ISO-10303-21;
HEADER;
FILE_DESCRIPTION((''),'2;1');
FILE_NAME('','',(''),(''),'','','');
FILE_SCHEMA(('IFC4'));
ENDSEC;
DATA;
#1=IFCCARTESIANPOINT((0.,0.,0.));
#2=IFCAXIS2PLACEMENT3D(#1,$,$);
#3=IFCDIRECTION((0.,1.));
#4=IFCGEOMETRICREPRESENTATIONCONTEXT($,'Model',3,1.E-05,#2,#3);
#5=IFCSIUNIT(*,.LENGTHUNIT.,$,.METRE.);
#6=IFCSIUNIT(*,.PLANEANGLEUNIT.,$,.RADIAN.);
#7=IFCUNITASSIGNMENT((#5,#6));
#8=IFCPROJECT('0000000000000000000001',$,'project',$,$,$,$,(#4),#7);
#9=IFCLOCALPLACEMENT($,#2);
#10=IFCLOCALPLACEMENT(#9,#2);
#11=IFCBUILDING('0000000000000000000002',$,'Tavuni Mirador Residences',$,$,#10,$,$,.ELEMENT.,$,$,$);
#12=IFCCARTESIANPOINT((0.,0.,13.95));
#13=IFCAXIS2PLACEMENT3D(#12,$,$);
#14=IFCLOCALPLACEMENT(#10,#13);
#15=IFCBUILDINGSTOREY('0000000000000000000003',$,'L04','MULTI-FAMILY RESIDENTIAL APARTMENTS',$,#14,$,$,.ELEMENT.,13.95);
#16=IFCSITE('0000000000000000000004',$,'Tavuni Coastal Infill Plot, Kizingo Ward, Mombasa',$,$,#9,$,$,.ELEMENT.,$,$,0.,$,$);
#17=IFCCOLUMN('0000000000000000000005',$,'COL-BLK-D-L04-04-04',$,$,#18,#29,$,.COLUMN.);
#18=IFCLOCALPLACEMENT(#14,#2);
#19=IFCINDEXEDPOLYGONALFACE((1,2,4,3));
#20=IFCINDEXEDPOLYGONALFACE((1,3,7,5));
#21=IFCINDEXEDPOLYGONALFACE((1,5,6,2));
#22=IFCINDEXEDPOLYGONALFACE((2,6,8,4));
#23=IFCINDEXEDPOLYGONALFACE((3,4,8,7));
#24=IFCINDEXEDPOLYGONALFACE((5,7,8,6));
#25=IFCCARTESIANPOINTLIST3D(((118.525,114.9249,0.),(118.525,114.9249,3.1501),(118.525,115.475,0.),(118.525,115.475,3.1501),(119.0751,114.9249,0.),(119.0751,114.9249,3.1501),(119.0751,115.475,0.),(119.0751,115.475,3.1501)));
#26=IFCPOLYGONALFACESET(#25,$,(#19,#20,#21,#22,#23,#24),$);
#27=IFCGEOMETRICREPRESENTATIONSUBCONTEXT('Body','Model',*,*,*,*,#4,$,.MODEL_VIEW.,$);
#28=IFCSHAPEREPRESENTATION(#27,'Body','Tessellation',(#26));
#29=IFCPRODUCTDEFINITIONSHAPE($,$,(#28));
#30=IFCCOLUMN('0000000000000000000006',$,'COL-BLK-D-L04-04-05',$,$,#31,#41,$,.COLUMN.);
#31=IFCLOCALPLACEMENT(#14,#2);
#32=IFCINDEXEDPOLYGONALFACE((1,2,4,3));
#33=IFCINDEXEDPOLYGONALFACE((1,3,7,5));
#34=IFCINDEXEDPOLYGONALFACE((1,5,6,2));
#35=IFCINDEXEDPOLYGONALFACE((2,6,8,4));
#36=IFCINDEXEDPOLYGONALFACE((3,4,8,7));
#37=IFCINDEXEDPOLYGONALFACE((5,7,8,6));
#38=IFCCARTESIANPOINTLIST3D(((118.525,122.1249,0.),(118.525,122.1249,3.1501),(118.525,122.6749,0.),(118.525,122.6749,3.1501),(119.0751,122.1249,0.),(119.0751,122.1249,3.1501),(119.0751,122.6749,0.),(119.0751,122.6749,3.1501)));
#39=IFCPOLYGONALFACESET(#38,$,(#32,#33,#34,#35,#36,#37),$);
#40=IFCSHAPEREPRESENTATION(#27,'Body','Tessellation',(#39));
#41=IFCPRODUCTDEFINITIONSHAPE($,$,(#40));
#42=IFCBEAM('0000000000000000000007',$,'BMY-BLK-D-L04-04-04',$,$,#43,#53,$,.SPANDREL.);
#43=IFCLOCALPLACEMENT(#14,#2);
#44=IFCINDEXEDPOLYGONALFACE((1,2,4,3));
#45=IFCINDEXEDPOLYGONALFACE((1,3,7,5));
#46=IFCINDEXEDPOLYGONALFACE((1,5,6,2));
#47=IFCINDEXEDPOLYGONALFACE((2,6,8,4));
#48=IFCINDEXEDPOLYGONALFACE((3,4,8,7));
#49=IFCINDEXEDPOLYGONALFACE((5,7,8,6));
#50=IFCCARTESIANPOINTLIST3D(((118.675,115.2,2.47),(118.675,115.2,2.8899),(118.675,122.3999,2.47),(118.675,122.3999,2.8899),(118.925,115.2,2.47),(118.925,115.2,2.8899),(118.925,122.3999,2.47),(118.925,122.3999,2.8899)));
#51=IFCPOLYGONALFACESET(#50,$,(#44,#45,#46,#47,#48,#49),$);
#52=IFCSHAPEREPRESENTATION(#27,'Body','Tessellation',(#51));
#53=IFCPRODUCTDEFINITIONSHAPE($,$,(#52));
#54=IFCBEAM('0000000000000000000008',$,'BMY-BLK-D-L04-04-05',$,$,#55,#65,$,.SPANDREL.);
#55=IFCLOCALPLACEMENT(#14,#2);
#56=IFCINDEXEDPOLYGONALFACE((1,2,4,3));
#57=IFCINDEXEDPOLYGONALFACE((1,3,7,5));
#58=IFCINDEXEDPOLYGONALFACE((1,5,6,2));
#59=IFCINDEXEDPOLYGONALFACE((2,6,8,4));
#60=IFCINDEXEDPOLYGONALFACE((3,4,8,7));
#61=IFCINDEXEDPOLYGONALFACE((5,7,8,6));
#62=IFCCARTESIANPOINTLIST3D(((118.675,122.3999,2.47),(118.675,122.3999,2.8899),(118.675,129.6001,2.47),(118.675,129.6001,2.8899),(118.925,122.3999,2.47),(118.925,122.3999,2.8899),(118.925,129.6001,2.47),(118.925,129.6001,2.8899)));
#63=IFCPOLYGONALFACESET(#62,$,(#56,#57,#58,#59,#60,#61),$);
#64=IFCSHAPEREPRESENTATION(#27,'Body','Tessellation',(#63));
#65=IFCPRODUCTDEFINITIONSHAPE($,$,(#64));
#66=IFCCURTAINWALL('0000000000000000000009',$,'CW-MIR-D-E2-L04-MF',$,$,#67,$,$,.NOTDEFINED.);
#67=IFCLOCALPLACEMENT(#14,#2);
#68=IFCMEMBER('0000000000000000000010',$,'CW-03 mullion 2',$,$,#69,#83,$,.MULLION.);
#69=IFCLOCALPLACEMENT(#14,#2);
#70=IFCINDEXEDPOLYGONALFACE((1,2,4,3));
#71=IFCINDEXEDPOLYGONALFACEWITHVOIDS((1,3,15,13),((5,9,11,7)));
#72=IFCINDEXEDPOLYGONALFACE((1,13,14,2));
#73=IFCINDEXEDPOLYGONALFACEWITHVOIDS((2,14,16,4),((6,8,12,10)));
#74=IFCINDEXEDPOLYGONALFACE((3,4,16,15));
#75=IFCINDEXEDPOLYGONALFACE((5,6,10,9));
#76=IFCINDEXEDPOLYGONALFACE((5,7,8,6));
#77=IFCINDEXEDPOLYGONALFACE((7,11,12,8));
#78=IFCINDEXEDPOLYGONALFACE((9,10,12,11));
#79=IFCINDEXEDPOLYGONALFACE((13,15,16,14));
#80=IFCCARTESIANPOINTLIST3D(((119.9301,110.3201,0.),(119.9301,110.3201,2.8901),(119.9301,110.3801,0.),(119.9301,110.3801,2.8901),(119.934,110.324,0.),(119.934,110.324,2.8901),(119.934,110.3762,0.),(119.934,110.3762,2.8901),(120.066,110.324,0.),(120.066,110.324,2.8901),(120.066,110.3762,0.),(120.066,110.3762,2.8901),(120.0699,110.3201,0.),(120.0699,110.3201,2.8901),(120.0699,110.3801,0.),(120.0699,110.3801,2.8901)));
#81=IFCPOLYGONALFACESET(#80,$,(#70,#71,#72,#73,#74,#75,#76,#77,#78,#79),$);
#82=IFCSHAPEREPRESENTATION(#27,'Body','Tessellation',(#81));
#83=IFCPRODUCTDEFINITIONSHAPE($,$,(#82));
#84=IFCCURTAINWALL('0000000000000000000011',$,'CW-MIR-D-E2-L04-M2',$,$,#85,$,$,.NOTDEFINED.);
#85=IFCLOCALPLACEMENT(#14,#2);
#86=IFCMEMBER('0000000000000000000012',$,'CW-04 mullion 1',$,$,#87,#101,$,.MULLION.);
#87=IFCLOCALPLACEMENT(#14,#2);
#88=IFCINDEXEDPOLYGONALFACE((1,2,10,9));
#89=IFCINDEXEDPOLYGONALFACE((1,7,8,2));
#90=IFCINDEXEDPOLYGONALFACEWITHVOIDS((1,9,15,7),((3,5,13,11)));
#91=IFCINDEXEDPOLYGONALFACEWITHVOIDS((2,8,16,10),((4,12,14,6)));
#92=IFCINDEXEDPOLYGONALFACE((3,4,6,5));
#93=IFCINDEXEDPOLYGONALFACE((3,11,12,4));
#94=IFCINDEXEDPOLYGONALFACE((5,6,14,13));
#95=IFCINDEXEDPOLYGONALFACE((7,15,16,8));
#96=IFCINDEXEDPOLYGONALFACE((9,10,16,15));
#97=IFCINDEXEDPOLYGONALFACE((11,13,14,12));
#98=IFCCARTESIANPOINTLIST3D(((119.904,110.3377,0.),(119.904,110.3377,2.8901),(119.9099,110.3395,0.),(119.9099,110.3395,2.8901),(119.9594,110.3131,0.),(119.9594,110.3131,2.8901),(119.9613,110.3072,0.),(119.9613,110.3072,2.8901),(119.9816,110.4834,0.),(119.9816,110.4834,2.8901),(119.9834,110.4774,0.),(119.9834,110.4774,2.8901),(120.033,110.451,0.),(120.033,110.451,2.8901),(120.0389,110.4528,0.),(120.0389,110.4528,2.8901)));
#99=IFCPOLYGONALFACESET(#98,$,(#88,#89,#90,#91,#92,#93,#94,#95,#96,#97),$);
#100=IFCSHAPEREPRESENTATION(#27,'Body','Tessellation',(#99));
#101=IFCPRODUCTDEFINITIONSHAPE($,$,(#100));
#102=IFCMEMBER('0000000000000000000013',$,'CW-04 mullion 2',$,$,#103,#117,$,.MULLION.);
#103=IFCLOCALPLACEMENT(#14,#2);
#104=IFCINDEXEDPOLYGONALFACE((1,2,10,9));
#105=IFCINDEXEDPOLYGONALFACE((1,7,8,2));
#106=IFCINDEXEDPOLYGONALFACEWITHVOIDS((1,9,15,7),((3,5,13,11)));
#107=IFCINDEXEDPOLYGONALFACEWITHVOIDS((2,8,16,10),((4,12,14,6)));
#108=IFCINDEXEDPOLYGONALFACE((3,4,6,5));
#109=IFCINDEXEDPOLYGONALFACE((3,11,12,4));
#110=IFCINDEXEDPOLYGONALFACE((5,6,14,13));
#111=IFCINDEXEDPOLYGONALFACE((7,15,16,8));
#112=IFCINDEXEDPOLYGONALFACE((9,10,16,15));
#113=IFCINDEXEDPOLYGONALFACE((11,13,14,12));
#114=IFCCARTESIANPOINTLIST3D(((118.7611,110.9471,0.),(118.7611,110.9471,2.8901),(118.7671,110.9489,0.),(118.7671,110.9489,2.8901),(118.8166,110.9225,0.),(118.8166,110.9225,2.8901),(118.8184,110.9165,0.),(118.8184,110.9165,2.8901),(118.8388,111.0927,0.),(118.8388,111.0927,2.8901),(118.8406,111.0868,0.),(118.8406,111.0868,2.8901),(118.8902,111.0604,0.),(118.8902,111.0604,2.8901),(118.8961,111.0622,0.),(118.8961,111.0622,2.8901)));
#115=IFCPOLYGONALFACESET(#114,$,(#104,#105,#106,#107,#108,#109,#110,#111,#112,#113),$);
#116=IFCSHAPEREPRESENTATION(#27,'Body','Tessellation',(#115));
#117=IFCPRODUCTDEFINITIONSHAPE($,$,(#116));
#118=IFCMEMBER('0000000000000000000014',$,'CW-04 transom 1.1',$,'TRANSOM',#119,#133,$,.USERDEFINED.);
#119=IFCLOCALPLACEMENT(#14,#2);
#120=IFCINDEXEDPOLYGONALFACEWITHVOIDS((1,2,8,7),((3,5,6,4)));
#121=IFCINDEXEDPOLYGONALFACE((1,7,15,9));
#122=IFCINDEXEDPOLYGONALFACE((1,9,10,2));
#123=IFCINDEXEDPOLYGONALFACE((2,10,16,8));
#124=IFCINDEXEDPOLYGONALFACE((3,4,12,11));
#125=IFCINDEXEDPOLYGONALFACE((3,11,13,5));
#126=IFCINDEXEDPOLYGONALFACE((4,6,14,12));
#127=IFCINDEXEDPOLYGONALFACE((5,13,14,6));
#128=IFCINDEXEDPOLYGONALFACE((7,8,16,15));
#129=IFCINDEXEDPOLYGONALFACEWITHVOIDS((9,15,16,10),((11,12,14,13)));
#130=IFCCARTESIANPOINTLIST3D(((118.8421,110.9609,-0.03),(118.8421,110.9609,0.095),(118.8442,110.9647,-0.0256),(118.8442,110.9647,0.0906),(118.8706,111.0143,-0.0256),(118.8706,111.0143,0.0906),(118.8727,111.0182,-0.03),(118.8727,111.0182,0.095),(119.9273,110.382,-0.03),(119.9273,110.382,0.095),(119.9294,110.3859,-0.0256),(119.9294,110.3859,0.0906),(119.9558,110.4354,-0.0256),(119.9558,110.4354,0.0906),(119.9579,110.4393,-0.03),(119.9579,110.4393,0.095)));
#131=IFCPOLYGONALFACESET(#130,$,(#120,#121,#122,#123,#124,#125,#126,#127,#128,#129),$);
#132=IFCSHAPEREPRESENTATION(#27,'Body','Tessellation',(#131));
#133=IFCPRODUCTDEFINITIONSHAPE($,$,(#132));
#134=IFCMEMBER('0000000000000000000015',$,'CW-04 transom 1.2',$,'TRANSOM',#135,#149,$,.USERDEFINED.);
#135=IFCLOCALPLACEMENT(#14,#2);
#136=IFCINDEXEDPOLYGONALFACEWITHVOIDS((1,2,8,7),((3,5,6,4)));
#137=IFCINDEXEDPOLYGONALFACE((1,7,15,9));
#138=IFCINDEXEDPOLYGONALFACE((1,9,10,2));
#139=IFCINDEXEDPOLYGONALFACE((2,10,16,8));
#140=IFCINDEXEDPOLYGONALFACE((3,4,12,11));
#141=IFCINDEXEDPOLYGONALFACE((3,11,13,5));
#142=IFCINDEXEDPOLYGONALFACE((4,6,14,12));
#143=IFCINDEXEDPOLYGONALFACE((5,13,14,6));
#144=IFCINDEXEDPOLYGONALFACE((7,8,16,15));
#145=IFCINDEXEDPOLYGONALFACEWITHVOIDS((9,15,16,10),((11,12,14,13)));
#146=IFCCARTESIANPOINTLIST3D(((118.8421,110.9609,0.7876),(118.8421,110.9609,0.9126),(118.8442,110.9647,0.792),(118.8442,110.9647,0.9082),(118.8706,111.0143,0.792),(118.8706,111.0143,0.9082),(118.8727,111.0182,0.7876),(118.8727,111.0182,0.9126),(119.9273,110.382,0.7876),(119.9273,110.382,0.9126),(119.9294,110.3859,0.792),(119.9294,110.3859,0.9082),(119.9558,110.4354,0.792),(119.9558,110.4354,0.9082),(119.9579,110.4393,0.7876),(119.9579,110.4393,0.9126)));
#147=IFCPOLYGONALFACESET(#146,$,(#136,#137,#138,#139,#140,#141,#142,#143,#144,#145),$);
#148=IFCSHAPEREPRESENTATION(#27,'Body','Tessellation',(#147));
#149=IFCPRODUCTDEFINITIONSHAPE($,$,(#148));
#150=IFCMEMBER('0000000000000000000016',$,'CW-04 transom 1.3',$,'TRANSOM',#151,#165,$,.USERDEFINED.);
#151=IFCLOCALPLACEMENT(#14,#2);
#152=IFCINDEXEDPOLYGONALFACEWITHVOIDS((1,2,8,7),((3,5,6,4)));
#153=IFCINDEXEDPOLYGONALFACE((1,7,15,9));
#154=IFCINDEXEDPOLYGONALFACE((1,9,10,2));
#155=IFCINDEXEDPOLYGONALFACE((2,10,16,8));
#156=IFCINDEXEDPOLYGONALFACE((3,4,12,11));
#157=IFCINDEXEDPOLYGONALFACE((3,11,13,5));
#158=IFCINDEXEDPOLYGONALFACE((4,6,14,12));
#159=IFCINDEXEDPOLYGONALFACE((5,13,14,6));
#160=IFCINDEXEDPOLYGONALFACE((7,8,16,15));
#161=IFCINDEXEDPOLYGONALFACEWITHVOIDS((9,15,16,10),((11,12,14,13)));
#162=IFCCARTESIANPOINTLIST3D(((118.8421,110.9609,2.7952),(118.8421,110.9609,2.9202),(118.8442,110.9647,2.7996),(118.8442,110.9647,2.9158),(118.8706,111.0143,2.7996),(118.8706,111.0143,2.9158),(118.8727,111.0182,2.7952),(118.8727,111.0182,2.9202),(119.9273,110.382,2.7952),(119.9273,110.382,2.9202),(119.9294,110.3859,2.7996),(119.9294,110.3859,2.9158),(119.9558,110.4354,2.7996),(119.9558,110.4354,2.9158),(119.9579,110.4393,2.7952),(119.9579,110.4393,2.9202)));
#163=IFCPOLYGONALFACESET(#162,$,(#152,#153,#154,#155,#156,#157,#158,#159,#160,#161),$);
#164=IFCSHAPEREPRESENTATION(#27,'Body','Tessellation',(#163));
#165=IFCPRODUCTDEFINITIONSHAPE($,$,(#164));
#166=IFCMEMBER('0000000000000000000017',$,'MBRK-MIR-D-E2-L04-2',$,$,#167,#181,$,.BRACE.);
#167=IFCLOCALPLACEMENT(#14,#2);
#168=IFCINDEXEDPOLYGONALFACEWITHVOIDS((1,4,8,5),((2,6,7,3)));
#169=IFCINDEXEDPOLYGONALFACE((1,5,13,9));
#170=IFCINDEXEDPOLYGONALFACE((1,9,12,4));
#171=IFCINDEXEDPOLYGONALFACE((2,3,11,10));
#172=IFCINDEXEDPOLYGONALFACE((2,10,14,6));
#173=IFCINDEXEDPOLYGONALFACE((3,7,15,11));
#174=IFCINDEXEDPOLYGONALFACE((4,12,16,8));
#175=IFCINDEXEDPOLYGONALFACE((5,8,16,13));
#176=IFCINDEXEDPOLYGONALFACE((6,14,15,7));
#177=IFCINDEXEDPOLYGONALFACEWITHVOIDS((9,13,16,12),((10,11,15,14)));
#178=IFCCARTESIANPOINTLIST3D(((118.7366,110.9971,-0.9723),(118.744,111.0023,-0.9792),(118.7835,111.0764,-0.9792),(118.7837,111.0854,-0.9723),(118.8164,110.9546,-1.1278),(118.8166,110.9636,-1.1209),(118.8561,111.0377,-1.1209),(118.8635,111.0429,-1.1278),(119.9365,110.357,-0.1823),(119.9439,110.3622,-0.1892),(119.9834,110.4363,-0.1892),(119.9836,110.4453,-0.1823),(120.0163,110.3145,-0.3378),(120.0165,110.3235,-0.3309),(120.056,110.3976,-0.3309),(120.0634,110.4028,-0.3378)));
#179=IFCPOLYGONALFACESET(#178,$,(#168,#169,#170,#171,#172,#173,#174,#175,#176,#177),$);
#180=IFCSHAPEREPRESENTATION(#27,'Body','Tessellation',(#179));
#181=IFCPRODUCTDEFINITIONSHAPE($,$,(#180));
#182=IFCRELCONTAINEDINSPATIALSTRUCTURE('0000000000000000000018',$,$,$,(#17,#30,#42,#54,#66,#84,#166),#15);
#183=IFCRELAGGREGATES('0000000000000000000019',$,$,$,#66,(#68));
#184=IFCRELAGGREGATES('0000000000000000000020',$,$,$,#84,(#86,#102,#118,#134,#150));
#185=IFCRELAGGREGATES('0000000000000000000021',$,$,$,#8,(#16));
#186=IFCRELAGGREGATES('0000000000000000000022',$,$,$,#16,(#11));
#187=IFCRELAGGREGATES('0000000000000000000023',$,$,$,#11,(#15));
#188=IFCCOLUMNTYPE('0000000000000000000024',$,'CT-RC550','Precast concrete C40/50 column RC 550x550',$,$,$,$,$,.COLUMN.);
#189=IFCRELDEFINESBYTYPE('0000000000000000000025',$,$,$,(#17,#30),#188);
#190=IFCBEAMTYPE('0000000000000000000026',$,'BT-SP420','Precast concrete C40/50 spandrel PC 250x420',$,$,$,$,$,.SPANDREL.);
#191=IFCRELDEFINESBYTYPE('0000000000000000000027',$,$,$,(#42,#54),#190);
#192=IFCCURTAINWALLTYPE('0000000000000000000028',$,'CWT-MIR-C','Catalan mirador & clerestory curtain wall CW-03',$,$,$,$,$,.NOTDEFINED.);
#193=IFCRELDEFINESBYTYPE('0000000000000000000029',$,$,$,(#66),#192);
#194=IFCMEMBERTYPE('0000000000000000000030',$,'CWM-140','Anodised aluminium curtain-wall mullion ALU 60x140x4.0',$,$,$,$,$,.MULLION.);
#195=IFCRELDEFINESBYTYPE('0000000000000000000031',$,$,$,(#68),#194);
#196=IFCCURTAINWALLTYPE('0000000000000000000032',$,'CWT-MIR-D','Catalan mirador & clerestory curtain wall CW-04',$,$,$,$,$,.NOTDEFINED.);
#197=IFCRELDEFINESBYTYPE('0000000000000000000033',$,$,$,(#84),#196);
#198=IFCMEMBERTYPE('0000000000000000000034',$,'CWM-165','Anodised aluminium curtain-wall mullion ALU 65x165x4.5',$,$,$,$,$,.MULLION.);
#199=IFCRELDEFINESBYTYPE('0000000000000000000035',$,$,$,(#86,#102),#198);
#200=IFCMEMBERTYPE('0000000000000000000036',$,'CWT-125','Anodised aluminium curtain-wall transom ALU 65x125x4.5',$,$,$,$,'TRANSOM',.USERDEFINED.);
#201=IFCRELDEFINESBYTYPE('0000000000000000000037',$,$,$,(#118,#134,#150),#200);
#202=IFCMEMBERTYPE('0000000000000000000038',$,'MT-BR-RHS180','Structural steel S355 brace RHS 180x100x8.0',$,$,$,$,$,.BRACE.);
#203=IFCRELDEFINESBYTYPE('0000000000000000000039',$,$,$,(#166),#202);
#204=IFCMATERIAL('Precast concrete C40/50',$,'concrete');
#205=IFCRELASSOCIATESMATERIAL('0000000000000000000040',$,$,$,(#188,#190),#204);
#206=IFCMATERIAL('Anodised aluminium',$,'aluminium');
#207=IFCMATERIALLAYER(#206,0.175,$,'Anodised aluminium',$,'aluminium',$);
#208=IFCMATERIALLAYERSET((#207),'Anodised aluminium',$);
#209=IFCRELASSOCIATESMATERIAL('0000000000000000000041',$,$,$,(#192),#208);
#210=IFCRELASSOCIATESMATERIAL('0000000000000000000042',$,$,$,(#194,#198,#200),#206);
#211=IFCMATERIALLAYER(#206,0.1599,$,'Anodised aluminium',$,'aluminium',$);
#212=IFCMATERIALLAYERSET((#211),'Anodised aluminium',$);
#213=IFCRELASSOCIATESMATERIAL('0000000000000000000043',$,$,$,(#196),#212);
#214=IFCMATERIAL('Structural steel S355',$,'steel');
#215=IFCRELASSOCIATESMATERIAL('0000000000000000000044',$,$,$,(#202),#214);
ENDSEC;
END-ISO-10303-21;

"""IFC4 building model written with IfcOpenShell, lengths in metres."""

from ifc_helpers import new_model, si_unit, direction, frame, origin, origin_2d, place, context, subcontext, project, spatial, rectangle, hollow_rectangle, extrude, material, layer, layer_set, material_profile, profile_set, type_object, element, aggregate, save


model = new_model("IFC4")

# Units and contexts
model_context = context("Model", 3, precision=1e-05, world=origin(), true_north=direction((0.0, 1.0)))
body_context = subcontext(model_context, "Body", "Model", "MODEL_VIEW")
ifc_project = project(units=[si_unit("LENGTHUNIT", "METRE"), si_unit("PLANEANGLEUNIT", "RADIAN")], contexts=[model_context])

# Site, building, storey
site_placement = place(None, origin())
site = spatial("IfcSite", under=ifc_project, at=site_placement, Name="Tavuni Coastal Infill Plot, Kizingo Ward, Mombasa", CompositionType="ELEMENT", RefElevation=0.0)
building_placement = place(site_placement, origin())
building = spatial("IfcBuilding", under=site, at=building_placement, Name="Tavuni Mirador Residences", CompositionType="ELEMENT")
storey_placement = place(building_placement, frame((0.0, 0.0, 13.95)))
storey = spatial("IfcBuildingStorey", under=building, at=storey_placement, Name="L04", Description="MULTI-FAMILY RESIDENTIAL APARTMENTS", CompositionType="ELEMENT", Elevation=13.95)

# Columns
ifc_material_1 = material(Name="Precast concrete C40/50", Category="concrete")
ifc_material_profile_1 = material_profile(ifc_material_1, rectangle(XDim=0.55, YDim=0.55, at=origin_2d()), Name="RC 550x550", Category="concrete")
ifc_profile_set_1 = profile_set([ifc_material_profile_1], Name="Precast concrete C40/50")
column_type = type_object("IfcColumnType", Name="CT-RC550", Description="Precast concrete C40/50 column RC 550x550", PredefinedType="COLUMN", material=ifc_profile_set_1)
for number, where, z_axis, x_axis, name in (
    (1, (118.8, 115.2, 0.0), (0.0, 0.0, 1.0), (1.0, 0.0, 0.0), "COL-BLK-D-L04-04-04"),
    (2, (118.8, 122.3999, 0.0), (0.0, 0.0, 1.0), (1.0, 0.0, 0.0), "COL-BLK-D-L04-04-05"),
):
    element("IfcColumn", number, at=place(storey_placement, frame(where, z_axis=z_axis, x_axis=x_axis)), inside=storey, type_object=column_type, Name=name, PredefinedType="COLUMN", context=body_context, shape_type="SweptSolid", body=[
        extrude(rectangle(XDim=0.55, YDim=0.55, at=origin_2d()), origin(), (0.0, 0.0, 1.0), 3.1501),
    ])

# Beams
ifc_material_profile_2 = material_profile(ifc_material_1, rectangle(XDim=0.25, YDim=0.4199, at=origin_2d()), Name="PC 250x420", Category="concrete")
ifc_profile_set_2 = profile_set([ifc_material_profile_2], Name="Precast concrete C40/50")
beam_type = type_object("IfcBeamType", Name="BT-SP420", Description="Precast concrete C40/50 spandrel PC 250x420", PredefinedType="SPANDREL", material=ifc_profile_set_2)
beam_1_placement = place(storey_placement, frame((118.8, 115.2, 2.6799), z_axis=(0.0, 1.0, 0.0), x_axis=(-1.0, 0.0, 0.0)))
element("IfcBeam", 3, at=beam_1_placement, inside=storey, type_object=beam_type, Name="BMY-BLK-D-L04-04-04", PredefinedType="SPANDREL", context=body_context, shape_type="SweptSolid", body=[
    extrude(rectangle(XDim=0.25, YDim=0.4199, at=origin_2d()), origin(), (0.0, 0.0, 1.0), 7.2),
])
beam_2_placement = place(storey_placement, frame((118.8, 122.3999, 2.6799), z_axis=(0.0, 1.0, 0.0), x_axis=(-1.0, 0.0, 0.0)))
element("IfcBeam", 4, at=beam_2_placement, inside=storey, type_object=beam_type, Name="BMY-BLK-D-L04-04-05", PredefinedType="SPANDREL", context=body_context, shape_type="SweptSolid", body=[
    extrude(rectangle(XDim=0.25, YDim=0.4199, at=origin_2d()), origin(), (0.0, 0.0, 1.0), 7.2002),
])

# Curtain wall, member
ifc_material_2 = material(Name="Anodised aluminium", Category="aluminium")
ifc_layer_1 = layer(ifc_material_2, 0.175, Name="Anodised aluminium", Category="aluminium")
ifc_layer_set_1 = layer_set([ifc_layer_1], Name="Anodised aluminium")
curtain_wall_type_1 = type_object("IfcCurtainWallType", Name="CWT-MIR-C", Description="Catalan mirador & clerestory curtain wall CW-03", PredefinedType="NOTDEFINED", material=ifc_layer_set_1)
curtain_wall_1_placement = place(storey_placement, origin())
curtain_wall_1 = element("IfcCurtainWall", 5, at=curtain_wall_1_placement, inside=storey, type_object=curtain_wall_type_1, Name="CW-MIR-D-E2-L04-MF", PredefinedType="NOTDEFINED")
ifc_material_profile_3 = material_profile(ifc_material_2, hollow_rectangle(XDim=0.0601, YDim=0.1399, WallThickness=0.0039, at=origin_2d()), Name="ALU 60x140x4.0", Category="aluminium")
ifc_profile_set_3 = profile_set([ifc_material_profile_3], Name="Anodised aluminium")
member_type_1 = type_object("IfcMemberType", Name="CWM-140", Description="Anodised aluminium curtain-wall mullion ALU 60x140x4.0", PredefinedType="MULLION", material=ifc_profile_set_3)
member_1_placement = place(storey_placement, frame((120.0, 110.3501, 0.0), z_axis=(0.0, 0.0, 1.0), x_axis=(0.0, 1.0, 0.0)))
member_1 = element("IfcMember", 6, at=member_1_placement, type_object=member_type_1, Name="CW-03 mullion 2", PredefinedType="MULLION", context=body_context, shape_type="SweptSolid", body=[
    extrude(hollow_rectangle(XDim=0.0601, YDim=0.1399, WallThickness=0.0039, at=origin_2d()), origin(), (0.0, 0.0, 1.0), 2.8901),
])
aggregate(curtain_wall_1, [member_1])

# Curtain wall, members
ifc_layer_2 = layer(ifc_material_2, 0.1599, Name="Anodised aluminium", Category="aluminium")
ifc_layer_set_2 = layer_set([ifc_layer_2], Name="Anodised aluminium")
curtain_wall_type_2 = type_object("IfcCurtainWallType", Name="CWT-MIR-D", Description="Catalan mirador & clerestory curtain wall CW-04", PredefinedType="NOTDEFINED", material=ifc_layer_set_2)
curtain_wall_2_placement = place(storey_placement, origin())
curtain_wall_2 = element("IfcCurtainWall", 7, at=curtain_wall_2_placement, inside=storey, type_object=curtain_wall_type_2, Name="CW-MIR-D-E2-L04-M2", PredefinedType="NOTDEFINED")
ifc_material_profile_4 = material_profile(ifc_material_2, hollow_rectangle(XDim=0.0649, YDim=0.165, WallThickness=0.0044, at=origin_2d()), Name="ALU 65x165x4.5", Category="aluminium")
ifc_profile_set_4 = profile_set([ifc_material_profile_4], Name="Anodised aluminium")
member_type_2 = type_object("IfcMemberType", Name="CWM-165", Description="Anodised aluminium curtain-wall mullion ALU 65x165x4.5", PredefinedType="MULLION", material=ifc_profile_set_4)
member_2_placement = place(storey_placement, frame((119.9714, 110.3953, 0.0), z_axis=(0.0, 0.0, 1.0), x_axis=(-0.882353, 0.470588, 0.0)))
member_2 = element("IfcMember", 8, at=member_2_placement, type_object=member_type_2, Name="CW-04 mullion 1", PredefinedType="MULLION", context=body_context, shape_type="SweptSolid", body=[
    extrude(hollow_rectangle(XDim=0.0649, YDim=0.165, WallThickness=0.0044, at=origin_2d()), origin(), (0.0, 0.0, 1.0), 2.8901),
])
member_3_placement = place(storey_placement, frame((118.8286, 111.0046, 0.0), z_axis=(0.0, 0.0, 1.0), x_axis=(-0.882353, 0.470588, 0.0)))
member_3 = element("IfcMember", 9, at=member_3_placement, type_object=member_type_2, Name="CW-04 mullion 2", PredefinedType="MULLION", context=body_context, shape_type="SweptSolid", body=[
    extrude(hollow_rectangle(XDim=0.0649, YDim=0.165, WallThickness=0.0044, at=origin_2d()), origin(), (0.0, 0.0, 1.0), 2.8901),
])
ifc_material_profile_5 = material_profile(ifc_material_2, hollow_rectangle(XDim=0.0649, YDim=0.125, WallThickness=0.0044, at=origin_2d()), Name="ALU 65x125x4.5", Category="aluminium")
ifc_profile_set_5 = profile_set([ifc_material_profile_5], Name="Anodised aluminium")
member_type_3 = type_object("IfcMemberType", Name="CWT-125", Description="Anodised aluminium curtain-wall transom ALU 65x125x4.5", ElementType="TRANSOM", PredefinedType="USERDEFINED", material=ifc_profile_set_5)
member_4_placement = place(storey_placement, frame((119.9426, 110.4106, 0.0325), z_axis=(-0.882325, 0.47064, 0.0), x_axis=(-0.47064, -0.882325, 0.0)))
member_4 = element("IfcMember", 10, at=member_4_placement, type_object=member_type_3, Name="CW-04 transom 1.1", ObjectType="TRANSOM", PredefinedType="USERDEFINED", context=body_context, shape_type="SweptSolid", body=[
    extrude(hollow_rectangle(XDim=0.0649, YDim=0.125, WallThickness=0.0044, at=origin_2d()), origin(), (0.0, 0.0, 1.0), 1.23),
])
member_5_placement = place(storey_placement, frame((119.9426, 110.4106, 0.8501), z_axis=(-0.882325, 0.47064, 0.0), x_axis=(-0.47064, -0.882325, 0.0)))
member_5 = element("IfcMember", 11, at=member_5_placement, type_object=member_type_3, Name="CW-04 transom 1.2", ObjectType="TRANSOM", PredefinedType="USERDEFINED", context=body_context, shape_type="SweptSolid", body=[
    extrude(hollow_rectangle(XDim=0.0649, YDim=0.125, WallThickness=0.0044, at=origin_2d()), origin(), (0.0, 0.0, 1.0), 1.23),
])
member_6_placement = place(storey_placement, frame((119.9426, 110.4106, 2.8577), z_axis=(-0.882325, 0.47064, 0.0), x_axis=(-0.47064, -0.882325, 0.0)))
member_6 = element("IfcMember", 12, at=member_6_placement, type_object=member_type_3, Name="CW-04 transom 1.3", ObjectType="TRANSOM", PredefinedType="USERDEFINED", context=body_context, shape_type="SweptSolid", body=[
    extrude(hollow_rectangle(XDim=0.0649, YDim=0.125, WallThickness=0.0044, at=origin_2d()), origin(), (0.0, 0.0, 1.0), 1.23),
])

# Member
ifc_material_3 = material(Name="Structural steel S355", Category="steel")
ifc_material_profile_6 = material_profile(ifc_material_3, hollow_rectangle(XDim=0.1001, YDim=0.1799, WallThickness=0.0081, at=origin_2d()), Name="RHS 180x100x8.0", Category="steel")
ifc_profile_set_6 = profile_set([ifc_material_profile_6], Name="Structural steel S355")
member_type_4 = type_object("IfcMemberType", Name="MT-BR-RHS180", Description="Structural steel S355 brace RHS 180x100x8.0", PredefinedType="BRACE", material=ifc_profile_set_6)
member_7_placement = place(storey_placement, frame((118.8, 111.02, -1.05), z_axis=(0.762921, -0.406995, 0.502302), x_axis=(0.470681, 0.882303, 0.0)))
element("IfcMember", 13, at=member_7_placement, inside=storey, type_object=member_type_4, Name="MBRK-MIR-D-E2-L04-2", PredefinedType="BRACE", context=body_context, shape_type="SweptSolid", body=[
    extrude(hollow_rectangle(XDim=0.1001, YDim=0.1799, WallThickness=0.0081, at=origin_2d()), origin(), (0.0, 0.0, 1.0), 1.5728),
])

aggregate(curtain_wall_2, [member_2, member_3, member_4, member_5, member_6])

save(model, "model.ifc")
